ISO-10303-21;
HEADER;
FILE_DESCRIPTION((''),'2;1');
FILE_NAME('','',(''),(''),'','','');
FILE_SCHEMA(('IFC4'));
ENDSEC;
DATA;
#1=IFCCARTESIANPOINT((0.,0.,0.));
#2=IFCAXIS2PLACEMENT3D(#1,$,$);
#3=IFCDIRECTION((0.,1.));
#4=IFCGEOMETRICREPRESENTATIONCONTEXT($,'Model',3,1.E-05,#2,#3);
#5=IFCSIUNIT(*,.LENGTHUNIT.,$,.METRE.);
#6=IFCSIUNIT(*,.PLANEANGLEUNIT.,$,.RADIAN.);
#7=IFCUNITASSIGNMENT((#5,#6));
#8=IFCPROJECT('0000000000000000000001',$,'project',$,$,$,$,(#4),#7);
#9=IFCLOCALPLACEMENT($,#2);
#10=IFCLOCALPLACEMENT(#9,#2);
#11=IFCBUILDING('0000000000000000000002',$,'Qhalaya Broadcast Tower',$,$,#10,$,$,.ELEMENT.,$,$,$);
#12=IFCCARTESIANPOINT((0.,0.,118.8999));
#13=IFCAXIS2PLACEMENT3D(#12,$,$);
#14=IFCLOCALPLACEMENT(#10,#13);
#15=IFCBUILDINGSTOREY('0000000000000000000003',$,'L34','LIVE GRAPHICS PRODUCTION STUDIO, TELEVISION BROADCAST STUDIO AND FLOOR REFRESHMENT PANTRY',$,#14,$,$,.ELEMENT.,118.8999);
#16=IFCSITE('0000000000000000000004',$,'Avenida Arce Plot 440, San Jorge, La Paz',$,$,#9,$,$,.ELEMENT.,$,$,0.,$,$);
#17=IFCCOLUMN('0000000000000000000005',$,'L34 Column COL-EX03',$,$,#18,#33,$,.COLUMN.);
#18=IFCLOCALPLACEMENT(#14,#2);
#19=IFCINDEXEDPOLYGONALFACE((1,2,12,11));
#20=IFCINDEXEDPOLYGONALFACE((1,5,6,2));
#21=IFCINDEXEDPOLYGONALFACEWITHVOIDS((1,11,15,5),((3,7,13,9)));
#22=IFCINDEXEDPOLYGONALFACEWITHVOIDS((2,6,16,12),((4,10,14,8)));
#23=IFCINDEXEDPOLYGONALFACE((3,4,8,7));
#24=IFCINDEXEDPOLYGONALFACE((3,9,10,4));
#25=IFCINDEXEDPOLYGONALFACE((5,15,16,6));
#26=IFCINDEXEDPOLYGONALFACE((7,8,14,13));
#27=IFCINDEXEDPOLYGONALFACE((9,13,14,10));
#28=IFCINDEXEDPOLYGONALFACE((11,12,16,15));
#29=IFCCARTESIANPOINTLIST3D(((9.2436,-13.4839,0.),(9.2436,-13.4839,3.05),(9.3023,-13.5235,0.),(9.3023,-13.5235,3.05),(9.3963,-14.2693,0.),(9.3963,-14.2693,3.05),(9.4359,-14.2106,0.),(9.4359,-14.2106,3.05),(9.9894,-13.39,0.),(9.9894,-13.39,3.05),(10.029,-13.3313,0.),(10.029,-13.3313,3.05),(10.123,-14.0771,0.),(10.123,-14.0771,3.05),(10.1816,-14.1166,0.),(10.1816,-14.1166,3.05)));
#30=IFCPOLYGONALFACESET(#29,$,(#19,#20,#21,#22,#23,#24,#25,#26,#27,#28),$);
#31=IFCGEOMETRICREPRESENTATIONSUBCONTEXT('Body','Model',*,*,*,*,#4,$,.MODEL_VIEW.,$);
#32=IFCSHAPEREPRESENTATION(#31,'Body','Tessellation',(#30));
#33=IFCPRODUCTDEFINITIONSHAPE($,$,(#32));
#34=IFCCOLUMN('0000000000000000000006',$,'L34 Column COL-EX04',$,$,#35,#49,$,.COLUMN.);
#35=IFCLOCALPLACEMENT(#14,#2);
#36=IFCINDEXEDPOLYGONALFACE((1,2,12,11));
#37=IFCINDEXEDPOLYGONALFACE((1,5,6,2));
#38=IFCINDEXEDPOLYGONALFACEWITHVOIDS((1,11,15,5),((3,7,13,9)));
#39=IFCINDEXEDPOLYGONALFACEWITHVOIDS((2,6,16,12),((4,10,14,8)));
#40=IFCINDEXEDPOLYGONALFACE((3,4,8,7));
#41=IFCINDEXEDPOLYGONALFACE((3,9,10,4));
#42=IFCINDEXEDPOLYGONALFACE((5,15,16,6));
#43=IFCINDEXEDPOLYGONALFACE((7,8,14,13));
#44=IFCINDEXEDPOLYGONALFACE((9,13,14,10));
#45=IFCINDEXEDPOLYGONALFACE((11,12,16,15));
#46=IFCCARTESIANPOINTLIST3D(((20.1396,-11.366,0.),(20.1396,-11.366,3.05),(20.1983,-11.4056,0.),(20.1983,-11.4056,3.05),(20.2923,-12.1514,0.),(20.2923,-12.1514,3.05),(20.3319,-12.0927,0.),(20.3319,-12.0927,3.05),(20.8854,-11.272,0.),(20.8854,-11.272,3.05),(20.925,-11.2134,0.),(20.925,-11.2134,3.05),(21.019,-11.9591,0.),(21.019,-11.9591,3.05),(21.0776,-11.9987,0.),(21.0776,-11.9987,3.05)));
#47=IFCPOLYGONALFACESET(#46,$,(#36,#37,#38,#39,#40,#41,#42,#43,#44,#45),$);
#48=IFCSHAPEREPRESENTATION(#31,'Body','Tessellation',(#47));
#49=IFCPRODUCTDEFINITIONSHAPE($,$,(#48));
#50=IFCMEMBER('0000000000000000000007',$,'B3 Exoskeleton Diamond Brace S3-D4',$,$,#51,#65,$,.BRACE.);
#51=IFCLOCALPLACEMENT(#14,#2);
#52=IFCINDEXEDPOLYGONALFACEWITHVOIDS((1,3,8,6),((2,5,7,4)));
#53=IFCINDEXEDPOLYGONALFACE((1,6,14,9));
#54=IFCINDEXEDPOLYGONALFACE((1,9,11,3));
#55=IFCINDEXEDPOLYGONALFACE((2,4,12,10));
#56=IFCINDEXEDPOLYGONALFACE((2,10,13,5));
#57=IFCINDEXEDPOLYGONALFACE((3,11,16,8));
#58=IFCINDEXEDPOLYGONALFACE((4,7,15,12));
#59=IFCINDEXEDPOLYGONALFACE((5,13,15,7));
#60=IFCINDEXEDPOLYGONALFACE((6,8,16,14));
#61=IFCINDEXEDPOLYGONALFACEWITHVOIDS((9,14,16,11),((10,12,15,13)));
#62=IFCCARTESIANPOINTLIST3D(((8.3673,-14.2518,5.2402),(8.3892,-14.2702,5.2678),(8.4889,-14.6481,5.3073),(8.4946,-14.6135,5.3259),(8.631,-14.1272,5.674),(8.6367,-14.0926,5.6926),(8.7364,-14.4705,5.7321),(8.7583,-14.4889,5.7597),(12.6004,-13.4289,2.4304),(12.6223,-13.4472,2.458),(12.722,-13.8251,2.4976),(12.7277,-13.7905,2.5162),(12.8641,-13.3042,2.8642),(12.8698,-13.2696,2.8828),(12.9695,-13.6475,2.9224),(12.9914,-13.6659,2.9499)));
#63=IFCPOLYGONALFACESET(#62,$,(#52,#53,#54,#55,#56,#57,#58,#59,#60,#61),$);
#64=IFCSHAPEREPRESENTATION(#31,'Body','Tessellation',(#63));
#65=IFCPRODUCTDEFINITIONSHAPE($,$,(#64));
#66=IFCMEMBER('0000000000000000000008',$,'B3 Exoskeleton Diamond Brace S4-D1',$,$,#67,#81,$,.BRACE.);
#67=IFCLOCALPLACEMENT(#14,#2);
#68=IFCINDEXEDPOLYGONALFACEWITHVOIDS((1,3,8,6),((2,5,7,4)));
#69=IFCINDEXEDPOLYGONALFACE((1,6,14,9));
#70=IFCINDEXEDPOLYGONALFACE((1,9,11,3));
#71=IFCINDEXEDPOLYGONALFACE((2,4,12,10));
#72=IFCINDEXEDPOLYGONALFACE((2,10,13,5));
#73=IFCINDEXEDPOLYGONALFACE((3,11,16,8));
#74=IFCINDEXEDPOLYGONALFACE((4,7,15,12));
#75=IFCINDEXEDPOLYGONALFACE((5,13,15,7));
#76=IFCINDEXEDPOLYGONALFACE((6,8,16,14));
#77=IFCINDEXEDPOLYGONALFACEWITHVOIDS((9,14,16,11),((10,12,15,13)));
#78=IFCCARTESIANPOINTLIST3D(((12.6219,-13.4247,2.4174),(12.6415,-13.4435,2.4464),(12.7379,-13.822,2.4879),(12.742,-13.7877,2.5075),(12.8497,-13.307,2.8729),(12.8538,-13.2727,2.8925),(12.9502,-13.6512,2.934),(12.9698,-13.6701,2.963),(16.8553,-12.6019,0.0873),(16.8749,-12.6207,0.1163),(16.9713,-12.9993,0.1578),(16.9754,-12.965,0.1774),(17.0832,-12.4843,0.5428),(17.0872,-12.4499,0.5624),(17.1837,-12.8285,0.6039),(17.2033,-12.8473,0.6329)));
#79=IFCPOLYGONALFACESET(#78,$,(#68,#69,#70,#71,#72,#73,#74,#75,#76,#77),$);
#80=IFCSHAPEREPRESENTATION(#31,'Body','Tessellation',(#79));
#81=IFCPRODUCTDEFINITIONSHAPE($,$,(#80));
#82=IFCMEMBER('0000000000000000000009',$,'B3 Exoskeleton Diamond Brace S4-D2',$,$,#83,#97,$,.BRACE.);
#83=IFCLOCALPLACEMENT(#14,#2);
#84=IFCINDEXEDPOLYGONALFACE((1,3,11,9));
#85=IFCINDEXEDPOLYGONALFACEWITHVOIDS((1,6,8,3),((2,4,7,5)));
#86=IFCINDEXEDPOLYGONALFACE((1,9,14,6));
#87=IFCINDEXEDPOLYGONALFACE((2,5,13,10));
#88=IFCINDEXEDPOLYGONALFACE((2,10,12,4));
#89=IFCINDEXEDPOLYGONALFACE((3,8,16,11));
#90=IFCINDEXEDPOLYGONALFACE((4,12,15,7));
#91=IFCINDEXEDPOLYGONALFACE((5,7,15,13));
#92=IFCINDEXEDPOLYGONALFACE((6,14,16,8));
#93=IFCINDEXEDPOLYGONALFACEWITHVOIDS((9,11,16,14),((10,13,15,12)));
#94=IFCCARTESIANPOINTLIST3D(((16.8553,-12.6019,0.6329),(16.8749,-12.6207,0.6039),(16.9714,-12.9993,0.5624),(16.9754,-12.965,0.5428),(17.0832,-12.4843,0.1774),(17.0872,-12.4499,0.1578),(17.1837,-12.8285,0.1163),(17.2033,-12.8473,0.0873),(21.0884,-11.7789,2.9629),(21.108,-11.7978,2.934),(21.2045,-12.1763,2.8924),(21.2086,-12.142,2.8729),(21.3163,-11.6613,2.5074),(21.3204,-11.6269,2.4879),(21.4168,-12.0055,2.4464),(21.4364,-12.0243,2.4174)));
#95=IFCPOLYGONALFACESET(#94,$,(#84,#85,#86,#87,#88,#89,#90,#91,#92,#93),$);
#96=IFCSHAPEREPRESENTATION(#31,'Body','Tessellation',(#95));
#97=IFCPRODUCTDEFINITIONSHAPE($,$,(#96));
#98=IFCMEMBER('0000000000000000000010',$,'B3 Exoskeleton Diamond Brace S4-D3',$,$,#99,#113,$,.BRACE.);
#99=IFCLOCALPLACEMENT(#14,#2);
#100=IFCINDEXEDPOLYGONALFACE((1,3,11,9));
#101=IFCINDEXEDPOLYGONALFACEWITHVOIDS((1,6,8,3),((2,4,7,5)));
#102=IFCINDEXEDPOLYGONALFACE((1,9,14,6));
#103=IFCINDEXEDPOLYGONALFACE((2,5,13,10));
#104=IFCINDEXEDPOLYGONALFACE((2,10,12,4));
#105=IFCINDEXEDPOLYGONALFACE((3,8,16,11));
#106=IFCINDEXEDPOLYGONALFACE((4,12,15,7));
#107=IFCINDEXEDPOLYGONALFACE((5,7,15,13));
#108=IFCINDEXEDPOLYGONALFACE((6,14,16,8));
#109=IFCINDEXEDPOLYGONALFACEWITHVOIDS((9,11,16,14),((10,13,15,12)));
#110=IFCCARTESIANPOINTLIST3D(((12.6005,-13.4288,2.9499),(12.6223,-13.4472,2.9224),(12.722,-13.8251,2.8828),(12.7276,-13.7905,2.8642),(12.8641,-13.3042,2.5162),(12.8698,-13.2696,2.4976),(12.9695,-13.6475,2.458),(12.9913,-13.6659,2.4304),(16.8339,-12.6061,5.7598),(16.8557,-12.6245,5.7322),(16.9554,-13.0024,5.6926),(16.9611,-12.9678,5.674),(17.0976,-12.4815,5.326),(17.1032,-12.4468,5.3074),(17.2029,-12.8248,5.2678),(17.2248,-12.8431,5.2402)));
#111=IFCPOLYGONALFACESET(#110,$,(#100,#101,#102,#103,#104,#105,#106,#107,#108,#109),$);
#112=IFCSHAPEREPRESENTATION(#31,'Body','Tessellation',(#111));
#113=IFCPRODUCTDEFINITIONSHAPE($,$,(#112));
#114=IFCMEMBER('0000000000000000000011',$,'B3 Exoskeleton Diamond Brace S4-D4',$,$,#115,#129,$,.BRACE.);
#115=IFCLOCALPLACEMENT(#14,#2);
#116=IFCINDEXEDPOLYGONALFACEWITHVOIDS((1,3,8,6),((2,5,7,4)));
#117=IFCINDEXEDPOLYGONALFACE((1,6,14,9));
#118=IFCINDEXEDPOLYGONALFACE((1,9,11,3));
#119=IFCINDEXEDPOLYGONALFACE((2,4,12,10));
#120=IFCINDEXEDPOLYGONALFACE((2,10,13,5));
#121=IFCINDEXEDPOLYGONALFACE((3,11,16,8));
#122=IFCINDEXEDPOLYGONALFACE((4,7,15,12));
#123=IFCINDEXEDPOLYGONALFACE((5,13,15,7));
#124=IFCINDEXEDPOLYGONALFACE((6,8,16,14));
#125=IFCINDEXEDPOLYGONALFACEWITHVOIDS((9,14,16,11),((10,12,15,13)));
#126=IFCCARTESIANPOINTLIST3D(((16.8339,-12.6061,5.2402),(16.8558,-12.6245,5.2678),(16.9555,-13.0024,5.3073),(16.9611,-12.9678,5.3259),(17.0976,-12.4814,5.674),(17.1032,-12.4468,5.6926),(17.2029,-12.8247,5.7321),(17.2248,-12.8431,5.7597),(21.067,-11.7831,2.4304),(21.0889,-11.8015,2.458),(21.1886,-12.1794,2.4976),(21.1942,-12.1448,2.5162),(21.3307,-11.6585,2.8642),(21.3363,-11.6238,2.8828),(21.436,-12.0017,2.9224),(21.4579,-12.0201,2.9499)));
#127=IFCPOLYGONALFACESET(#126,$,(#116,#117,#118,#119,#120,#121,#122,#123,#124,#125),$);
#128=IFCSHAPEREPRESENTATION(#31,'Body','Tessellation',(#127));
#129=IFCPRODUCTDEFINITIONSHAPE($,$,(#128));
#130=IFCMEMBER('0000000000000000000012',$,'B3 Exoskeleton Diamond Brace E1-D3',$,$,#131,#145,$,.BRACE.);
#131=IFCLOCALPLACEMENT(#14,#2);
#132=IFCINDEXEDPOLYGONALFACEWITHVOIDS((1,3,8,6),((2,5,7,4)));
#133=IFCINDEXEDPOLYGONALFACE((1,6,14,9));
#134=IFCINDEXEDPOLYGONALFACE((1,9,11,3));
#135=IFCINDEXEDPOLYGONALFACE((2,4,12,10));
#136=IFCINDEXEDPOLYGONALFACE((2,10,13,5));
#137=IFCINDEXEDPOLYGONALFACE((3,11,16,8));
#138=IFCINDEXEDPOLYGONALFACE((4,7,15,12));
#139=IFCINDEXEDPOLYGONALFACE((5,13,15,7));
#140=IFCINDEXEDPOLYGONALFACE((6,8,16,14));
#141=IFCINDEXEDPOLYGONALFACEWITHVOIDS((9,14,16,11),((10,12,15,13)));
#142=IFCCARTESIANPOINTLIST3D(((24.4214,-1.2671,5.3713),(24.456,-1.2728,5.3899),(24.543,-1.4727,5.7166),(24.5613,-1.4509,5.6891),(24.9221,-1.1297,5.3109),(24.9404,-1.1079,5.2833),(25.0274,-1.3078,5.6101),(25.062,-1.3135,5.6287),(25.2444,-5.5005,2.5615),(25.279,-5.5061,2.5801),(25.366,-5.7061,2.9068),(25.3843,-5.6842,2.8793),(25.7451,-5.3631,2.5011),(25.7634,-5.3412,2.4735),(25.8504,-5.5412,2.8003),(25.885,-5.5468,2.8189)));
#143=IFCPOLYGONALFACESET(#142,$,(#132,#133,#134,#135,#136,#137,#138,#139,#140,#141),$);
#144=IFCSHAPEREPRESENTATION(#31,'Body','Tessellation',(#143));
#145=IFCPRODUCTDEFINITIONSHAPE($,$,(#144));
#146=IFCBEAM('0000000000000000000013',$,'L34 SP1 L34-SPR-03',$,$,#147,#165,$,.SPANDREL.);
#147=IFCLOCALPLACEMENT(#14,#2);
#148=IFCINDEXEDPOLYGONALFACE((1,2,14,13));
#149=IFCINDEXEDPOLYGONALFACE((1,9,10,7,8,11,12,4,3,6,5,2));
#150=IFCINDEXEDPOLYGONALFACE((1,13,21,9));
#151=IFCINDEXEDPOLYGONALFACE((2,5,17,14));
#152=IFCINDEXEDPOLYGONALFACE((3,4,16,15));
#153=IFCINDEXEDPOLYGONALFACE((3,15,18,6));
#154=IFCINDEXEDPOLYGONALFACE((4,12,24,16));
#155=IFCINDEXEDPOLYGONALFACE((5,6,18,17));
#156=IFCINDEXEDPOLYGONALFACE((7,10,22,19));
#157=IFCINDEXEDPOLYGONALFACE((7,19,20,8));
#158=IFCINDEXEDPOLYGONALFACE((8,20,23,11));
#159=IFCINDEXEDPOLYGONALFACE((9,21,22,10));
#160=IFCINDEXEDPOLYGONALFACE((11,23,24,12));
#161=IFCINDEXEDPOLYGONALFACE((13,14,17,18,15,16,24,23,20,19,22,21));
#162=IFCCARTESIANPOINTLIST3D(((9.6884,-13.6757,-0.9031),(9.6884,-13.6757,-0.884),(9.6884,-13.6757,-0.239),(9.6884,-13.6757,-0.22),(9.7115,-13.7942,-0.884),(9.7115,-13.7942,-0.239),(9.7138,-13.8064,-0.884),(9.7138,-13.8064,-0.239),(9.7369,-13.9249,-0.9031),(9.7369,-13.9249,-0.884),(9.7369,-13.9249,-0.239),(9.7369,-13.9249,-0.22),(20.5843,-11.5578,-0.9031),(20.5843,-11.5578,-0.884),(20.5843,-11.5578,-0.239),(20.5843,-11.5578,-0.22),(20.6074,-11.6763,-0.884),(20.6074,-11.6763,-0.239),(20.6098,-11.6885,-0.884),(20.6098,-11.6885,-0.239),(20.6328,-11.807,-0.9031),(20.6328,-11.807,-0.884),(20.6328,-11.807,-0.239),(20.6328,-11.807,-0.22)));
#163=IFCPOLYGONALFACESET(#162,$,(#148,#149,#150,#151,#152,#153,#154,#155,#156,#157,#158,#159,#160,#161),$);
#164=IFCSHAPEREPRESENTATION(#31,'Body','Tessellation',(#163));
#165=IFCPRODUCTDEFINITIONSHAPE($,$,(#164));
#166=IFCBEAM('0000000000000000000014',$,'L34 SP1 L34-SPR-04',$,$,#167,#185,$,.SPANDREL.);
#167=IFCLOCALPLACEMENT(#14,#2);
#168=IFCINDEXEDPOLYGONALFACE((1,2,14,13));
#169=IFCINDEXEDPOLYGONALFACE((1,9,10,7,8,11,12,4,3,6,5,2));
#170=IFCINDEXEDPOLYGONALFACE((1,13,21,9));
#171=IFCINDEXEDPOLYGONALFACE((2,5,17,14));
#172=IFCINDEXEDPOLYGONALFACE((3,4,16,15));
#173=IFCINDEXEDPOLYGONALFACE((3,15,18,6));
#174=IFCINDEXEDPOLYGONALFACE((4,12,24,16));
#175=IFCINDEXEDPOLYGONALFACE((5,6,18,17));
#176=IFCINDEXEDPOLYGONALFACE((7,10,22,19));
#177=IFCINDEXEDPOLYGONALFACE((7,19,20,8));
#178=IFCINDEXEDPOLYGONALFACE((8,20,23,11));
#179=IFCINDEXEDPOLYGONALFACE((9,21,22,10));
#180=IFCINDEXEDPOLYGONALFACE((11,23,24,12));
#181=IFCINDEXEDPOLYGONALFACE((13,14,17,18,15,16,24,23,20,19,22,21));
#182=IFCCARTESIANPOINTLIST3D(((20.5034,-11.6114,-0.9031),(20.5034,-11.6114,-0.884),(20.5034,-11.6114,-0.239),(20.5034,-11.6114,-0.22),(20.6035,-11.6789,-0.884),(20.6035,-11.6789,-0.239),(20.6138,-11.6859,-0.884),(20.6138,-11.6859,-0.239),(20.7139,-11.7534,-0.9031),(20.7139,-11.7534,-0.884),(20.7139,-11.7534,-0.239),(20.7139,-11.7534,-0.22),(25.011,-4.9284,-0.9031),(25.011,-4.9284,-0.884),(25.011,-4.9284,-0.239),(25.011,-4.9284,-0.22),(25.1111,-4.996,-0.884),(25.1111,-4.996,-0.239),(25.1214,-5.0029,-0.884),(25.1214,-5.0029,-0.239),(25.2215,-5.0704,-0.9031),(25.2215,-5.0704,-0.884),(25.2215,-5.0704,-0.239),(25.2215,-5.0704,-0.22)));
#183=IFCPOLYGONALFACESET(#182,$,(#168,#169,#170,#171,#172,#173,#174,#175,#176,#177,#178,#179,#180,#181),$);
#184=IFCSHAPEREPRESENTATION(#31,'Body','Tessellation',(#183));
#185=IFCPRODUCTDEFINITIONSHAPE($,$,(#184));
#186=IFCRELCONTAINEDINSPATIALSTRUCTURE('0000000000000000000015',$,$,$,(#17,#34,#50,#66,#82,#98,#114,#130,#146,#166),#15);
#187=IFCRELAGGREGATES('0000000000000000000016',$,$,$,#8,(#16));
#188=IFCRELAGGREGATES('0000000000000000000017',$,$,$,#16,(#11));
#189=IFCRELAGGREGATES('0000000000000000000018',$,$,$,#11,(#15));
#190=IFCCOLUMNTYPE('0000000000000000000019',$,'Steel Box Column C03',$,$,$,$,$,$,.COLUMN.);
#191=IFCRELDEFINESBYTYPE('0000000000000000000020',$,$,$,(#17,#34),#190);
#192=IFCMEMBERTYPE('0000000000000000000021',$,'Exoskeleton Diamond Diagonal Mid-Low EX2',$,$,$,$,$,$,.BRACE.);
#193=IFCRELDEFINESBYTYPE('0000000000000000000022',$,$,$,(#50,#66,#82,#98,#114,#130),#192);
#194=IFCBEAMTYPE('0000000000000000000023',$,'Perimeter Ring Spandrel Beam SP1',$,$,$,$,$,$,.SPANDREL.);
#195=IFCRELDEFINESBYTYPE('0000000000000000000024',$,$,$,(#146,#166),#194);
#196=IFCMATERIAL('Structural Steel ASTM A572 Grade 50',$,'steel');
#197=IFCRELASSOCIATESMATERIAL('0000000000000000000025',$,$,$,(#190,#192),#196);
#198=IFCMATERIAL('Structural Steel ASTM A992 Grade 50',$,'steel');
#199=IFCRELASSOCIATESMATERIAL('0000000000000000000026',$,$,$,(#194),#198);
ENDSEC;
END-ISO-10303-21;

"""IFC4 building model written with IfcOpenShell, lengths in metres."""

from ifc_helpers import new_model, si_unit, direction, frame, origin, origin_2d, place, context, subcontext, project, spatial, hollow_rectangle, i_section, extrude, material, material_profile, profile_set, type_object, element, save


model = new_model("IFC4")

# Units and contexts
model_context = context("Model", 3, precision=1e-05, world=origin(), true_north=direction((0.0, 1.0)))
body_context = subcontext(model_context, "Body", "Model", "MODEL_VIEW")
ifc_project = project(units=[si_unit("LENGTHUNIT", "METRE"), si_unit("PLANEANGLEUNIT", "RADIAN")], contexts=[model_context])

# Site, building, storey
site_placement = place(None, origin())
site = spatial("IfcSite", under=ifc_project, at=site_placement, Name="Avenida Arce Plot 440, San Jorge, La Paz", CompositionType="ELEMENT", RefElevation=0.0)
building_placement = place(site_placement, origin())
building = spatial("IfcBuilding", under=site, at=building_placement, Name="Qhalaya Broadcast Tower", CompositionType="ELEMENT")
storey_placement = place(building_placement, frame((0.0, 0.0, 118.8999)))
storey = spatial("IfcBuildingStorey", under=building, at=storey_placement, Name="L34", Description="LIVE GRAPHICS PRODUCTION STUDIO, TELEVISION BROADCAST STUDIO AND FLOOR REFRESHMENT PANTRY", CompositionType="ELEMENT", Elevation=118.8999)

# Columns
ifc_material_1 = material(Name="Structural Steel ASTM A572 Grade 50", Category="steel")
ifc_material_profile_1 = material_profile(ifc_material_1, hollow_rectangle(XDim=0.8, YDim=0.8, WallThickness=0.05, at=origin_2d()), Name="BOX 800x800x50")
ifc_profile_set_1 = profile_set([ifc_material_profile_1], Name="Structural Steel ASTM A572 Grade 50")
column_type = type_object("IfcColumnType", Name="Steel Box Column C03", PredefinedType="COLUMN", material=ifc_profile_set_1)
for number, where, z_axis, x_axis, name in (
    (1, (9.7126, -13.8003, 0.0), (0.0, 0.0, 1.0), (0.981627, 0.190809, 0.0), "L34 Column COL-EX03"),
    (2, (20.6086, -11.6824, 0.0), (0.0, 0.0, 1.0), (0.981627, 0.190809, 0.0), "L34 Column COL-EX04"),
):
    element("IfcColumn", number, at=place(storey_placement, frame(where, z_axis=z_axis, x_axis=x_axis)), inside=storey, type_object=column_type, Name=name, PredefinedType="COLUMN", context=body_context, shape_type="SweptSolid", body=[
        extrude(hollow_rectangle(XDim=0.8, YDim=0.8, WallThickness=0.05, at=origin_2d()), origin(), (0.0, 0.0, 1.0), 3.05),
    ])

# Members
ifc_material_profile_2 = material_profile(ifc_material_1, hollow_rectangle(XDim=0.4199, YDim=0.55, WallThickness=0.0281, at=origin_2d()), Name="BOX 420x550x28")
ifc_profile_set_2 = profile_set([ifc_material_profile_2], Name="Structural Steel ASTM A572 Grade 50")
member_type = type_object("IfcMemberType", Name="Exoskeleton Diamond Diagonal Mid-Low EX2", PredefinedType="BRACE", material=ifc_profile_set_2)
member_1_placement = place(storey_placement, frame((12.7959, -13.5474, 2.6902), z_axis=(-0.822445, -0.159897, 0.545909), x_axis=(0.289587, -0.943706, 0.159868)))
element("IfcMember", 3, at=member_1_placement, inside=storey, type_object=member_type, Name="B3 Exoskeleton Diamond Brace S3-D4", PredefinedType="BRACE", context=body_context, shape_type="SweptSolid", body=[
    extrude(hollow_rectangle(XDim=0.4199, YDim=0.55, WallThickness=0.0281, at=origin_2d()), origin(), (0.0, 0.0, 1.0), 5.147),
])
member_2_placement = place(storey_placement, frame((17.0293, -12.7246, 0.3601), z_axis=(-0.863638, -0.167847, 0.475349), x_axis=(0.276309, -0.946294, 0.167873)))
element("IfcMember", 4, at=member_2_placement, inside=storey, type_object=member_type, Name="B3 Exoskeleton Diamond Brace S4-D1", PredefinedType="BRACE", context=body_context, shape_type="SweptSolid", body=[
    extrude(hollow_rectangle(XDim=0.4199, YDim=0.55, WallThickness=0.0281, at=origin_2d()), origin(), (0.0, 0.0, 1.0), 4.9019),
])
member_3_placement = place(storey_placement, frame((17.0293, -12.7246, 0.3601), z_axis=(0.863618, 0.167902, 0.475366), x_axis=(-0.276375, 0.946275, 0.167871)))
element("IfcMember", 5, at=member_3_placement, inside=storey, type_object=member_type, Name="B3 Exoskeleton Diamond Brace S4-D2", PredefinedType="BRACE", context=body_context, shape_type="SweptSolid", body=[
    extrude(hollow_rectangle(XDim=0.4199, YDim=0.55, WallThickness=0.0281, at=origin_2d()), origin(), (0.0, 0.0, 1.0), 4.9016),
])
member_4_placement = place(storey_placement, frame((12.7959, -13.5474, 2.6902), z_axis=(0.822467, 0.159845, 0.545892), x_axis=(-0.289522, 0.943726, 0.15987)))
element("IfcMember", 6, at=member_4_placement, inside=storey, type_object=member_type, Name="B3 Exoskeleton Diamond Brace S4-D3", PredefinedType="BRACE", context=body_context, shape_type="SweptSolid", body=[
    extrude(hollow_rectangle(XDim=0.4199, YDim=0.55, WallThickness=0.0281, at=origin_2d()), origin(), (0.0, 0.0, 1.0), 5.1472),
])
member_5_placement = place(storey_placement, frame((21.2625, -11.9016, 2.6902), z_axis=(-0.822445, -0.159897, 0.545909), x_axis=(0.289587, -0.943706, 0.159868)))
element("IfcMember", 7, at=member_5_placement, inside=storey, type_object=member_type, Name="B3 Exoskeleton Diamond Brace S4-D4", PredefinedType="BRACE", context=body_context, shape_type="SweptSolid", body=[
    extrude(hollow_rectangle(XDim=0.4199, YDim=0.55, WallThickness=0.0281, at=origin_2d()), origin(), (0.0, 0.0, 1.0), 5.147),
])
member_6_placement = place(storey_placement, frame((25.5647, -5.5237, 2.6902), z_axis=(-0.159891, 0.82246, 0.545888), x_axis=(0.289562, -0.489598, 0.822464)))
element("IfcMember", 8, at=member_6_placement, inside=storey, type_object=member_type, Name="B3 Exoskeleton Diamond Brace E1-D3", PredefinedType="BRACE", context=body_context, shape_type="SweptSolid", body=[
    extrude(hollow_rectangle(XDim=0.4199, YDim=0.55, WallThickness=0.0281, at=origin_2d()), origin(), (0.0, 0.0, 1.0), 5.1472),
])

# Beams
ifc_material_2 = material(Name="Structural Steel ASTM A992 Grade 50", Category="steel")
ifc_material_profile_3 = material_profile(ifc_material_2, i_section(OverallWidth=0.2539, OverallDepth=0.6831, WebThickness=0.0125, FlangeThickness=0.019, at=origin_2d()), Name="W27X94")
ifc_profile_set_3 = profile_set([ifc_material_profile_3], Name="Structural Steel ASTM A992 Grade 50")
beam_type = type_object("IfcBeamType", Name="Perimeter Ring Spandrel Beam SP1", PredefinedType="SPANDREL", material=ifc_profile_set_3)
beam_1_placement = place(storey_placement, frame((9.7126, -13.8003, -0.5615), z_axis=(0.981628, 0.190805, 0.0), x_axis=(-0.190805, 0.981628, 0.0)))
element("IfcBeam", 9, at=beam_1_placement, inside=storey, type_object=beam_type, Name="L34 SP1 L34-SPR-03", PredefinedType="SPANDREL", context=body_context, shape_type="SweptSolid", body=[
    extrude(i_section(OverallWidth=0.2539, OverallDepth=0.6831, WebThickness=0.0125, FlangeThickness=0.019, at=origin_2d()), origin(), (0.0, 0.0, 1.0), 11.0999),
])
beam_2_placement = place(storey_placement, frame((20.6086, -11.6824, -0.5615), z_axis=(0.559186, 0.829042, 0.0), x_axis=(-0.829042, 0.559186, 0.0)))
element("IfcBeam", 10, at=beam_2_placement, inside=storey, type_object=beam_type, Name="L34 SP1 L34-SPR-04", PredefinedType="SPANDREL", context=body_context, shape_type="SweptSolid", body=[
    extrude(i_section(OverallWidth=0.2539, OverallDepth=0.6831, WebThickness=0.0125, FlangeThickness=0.019, at=origin_2d()), origin(), (0.0, 0.0, 1.0), 8.061),
])

save(model, "model.ifc")
